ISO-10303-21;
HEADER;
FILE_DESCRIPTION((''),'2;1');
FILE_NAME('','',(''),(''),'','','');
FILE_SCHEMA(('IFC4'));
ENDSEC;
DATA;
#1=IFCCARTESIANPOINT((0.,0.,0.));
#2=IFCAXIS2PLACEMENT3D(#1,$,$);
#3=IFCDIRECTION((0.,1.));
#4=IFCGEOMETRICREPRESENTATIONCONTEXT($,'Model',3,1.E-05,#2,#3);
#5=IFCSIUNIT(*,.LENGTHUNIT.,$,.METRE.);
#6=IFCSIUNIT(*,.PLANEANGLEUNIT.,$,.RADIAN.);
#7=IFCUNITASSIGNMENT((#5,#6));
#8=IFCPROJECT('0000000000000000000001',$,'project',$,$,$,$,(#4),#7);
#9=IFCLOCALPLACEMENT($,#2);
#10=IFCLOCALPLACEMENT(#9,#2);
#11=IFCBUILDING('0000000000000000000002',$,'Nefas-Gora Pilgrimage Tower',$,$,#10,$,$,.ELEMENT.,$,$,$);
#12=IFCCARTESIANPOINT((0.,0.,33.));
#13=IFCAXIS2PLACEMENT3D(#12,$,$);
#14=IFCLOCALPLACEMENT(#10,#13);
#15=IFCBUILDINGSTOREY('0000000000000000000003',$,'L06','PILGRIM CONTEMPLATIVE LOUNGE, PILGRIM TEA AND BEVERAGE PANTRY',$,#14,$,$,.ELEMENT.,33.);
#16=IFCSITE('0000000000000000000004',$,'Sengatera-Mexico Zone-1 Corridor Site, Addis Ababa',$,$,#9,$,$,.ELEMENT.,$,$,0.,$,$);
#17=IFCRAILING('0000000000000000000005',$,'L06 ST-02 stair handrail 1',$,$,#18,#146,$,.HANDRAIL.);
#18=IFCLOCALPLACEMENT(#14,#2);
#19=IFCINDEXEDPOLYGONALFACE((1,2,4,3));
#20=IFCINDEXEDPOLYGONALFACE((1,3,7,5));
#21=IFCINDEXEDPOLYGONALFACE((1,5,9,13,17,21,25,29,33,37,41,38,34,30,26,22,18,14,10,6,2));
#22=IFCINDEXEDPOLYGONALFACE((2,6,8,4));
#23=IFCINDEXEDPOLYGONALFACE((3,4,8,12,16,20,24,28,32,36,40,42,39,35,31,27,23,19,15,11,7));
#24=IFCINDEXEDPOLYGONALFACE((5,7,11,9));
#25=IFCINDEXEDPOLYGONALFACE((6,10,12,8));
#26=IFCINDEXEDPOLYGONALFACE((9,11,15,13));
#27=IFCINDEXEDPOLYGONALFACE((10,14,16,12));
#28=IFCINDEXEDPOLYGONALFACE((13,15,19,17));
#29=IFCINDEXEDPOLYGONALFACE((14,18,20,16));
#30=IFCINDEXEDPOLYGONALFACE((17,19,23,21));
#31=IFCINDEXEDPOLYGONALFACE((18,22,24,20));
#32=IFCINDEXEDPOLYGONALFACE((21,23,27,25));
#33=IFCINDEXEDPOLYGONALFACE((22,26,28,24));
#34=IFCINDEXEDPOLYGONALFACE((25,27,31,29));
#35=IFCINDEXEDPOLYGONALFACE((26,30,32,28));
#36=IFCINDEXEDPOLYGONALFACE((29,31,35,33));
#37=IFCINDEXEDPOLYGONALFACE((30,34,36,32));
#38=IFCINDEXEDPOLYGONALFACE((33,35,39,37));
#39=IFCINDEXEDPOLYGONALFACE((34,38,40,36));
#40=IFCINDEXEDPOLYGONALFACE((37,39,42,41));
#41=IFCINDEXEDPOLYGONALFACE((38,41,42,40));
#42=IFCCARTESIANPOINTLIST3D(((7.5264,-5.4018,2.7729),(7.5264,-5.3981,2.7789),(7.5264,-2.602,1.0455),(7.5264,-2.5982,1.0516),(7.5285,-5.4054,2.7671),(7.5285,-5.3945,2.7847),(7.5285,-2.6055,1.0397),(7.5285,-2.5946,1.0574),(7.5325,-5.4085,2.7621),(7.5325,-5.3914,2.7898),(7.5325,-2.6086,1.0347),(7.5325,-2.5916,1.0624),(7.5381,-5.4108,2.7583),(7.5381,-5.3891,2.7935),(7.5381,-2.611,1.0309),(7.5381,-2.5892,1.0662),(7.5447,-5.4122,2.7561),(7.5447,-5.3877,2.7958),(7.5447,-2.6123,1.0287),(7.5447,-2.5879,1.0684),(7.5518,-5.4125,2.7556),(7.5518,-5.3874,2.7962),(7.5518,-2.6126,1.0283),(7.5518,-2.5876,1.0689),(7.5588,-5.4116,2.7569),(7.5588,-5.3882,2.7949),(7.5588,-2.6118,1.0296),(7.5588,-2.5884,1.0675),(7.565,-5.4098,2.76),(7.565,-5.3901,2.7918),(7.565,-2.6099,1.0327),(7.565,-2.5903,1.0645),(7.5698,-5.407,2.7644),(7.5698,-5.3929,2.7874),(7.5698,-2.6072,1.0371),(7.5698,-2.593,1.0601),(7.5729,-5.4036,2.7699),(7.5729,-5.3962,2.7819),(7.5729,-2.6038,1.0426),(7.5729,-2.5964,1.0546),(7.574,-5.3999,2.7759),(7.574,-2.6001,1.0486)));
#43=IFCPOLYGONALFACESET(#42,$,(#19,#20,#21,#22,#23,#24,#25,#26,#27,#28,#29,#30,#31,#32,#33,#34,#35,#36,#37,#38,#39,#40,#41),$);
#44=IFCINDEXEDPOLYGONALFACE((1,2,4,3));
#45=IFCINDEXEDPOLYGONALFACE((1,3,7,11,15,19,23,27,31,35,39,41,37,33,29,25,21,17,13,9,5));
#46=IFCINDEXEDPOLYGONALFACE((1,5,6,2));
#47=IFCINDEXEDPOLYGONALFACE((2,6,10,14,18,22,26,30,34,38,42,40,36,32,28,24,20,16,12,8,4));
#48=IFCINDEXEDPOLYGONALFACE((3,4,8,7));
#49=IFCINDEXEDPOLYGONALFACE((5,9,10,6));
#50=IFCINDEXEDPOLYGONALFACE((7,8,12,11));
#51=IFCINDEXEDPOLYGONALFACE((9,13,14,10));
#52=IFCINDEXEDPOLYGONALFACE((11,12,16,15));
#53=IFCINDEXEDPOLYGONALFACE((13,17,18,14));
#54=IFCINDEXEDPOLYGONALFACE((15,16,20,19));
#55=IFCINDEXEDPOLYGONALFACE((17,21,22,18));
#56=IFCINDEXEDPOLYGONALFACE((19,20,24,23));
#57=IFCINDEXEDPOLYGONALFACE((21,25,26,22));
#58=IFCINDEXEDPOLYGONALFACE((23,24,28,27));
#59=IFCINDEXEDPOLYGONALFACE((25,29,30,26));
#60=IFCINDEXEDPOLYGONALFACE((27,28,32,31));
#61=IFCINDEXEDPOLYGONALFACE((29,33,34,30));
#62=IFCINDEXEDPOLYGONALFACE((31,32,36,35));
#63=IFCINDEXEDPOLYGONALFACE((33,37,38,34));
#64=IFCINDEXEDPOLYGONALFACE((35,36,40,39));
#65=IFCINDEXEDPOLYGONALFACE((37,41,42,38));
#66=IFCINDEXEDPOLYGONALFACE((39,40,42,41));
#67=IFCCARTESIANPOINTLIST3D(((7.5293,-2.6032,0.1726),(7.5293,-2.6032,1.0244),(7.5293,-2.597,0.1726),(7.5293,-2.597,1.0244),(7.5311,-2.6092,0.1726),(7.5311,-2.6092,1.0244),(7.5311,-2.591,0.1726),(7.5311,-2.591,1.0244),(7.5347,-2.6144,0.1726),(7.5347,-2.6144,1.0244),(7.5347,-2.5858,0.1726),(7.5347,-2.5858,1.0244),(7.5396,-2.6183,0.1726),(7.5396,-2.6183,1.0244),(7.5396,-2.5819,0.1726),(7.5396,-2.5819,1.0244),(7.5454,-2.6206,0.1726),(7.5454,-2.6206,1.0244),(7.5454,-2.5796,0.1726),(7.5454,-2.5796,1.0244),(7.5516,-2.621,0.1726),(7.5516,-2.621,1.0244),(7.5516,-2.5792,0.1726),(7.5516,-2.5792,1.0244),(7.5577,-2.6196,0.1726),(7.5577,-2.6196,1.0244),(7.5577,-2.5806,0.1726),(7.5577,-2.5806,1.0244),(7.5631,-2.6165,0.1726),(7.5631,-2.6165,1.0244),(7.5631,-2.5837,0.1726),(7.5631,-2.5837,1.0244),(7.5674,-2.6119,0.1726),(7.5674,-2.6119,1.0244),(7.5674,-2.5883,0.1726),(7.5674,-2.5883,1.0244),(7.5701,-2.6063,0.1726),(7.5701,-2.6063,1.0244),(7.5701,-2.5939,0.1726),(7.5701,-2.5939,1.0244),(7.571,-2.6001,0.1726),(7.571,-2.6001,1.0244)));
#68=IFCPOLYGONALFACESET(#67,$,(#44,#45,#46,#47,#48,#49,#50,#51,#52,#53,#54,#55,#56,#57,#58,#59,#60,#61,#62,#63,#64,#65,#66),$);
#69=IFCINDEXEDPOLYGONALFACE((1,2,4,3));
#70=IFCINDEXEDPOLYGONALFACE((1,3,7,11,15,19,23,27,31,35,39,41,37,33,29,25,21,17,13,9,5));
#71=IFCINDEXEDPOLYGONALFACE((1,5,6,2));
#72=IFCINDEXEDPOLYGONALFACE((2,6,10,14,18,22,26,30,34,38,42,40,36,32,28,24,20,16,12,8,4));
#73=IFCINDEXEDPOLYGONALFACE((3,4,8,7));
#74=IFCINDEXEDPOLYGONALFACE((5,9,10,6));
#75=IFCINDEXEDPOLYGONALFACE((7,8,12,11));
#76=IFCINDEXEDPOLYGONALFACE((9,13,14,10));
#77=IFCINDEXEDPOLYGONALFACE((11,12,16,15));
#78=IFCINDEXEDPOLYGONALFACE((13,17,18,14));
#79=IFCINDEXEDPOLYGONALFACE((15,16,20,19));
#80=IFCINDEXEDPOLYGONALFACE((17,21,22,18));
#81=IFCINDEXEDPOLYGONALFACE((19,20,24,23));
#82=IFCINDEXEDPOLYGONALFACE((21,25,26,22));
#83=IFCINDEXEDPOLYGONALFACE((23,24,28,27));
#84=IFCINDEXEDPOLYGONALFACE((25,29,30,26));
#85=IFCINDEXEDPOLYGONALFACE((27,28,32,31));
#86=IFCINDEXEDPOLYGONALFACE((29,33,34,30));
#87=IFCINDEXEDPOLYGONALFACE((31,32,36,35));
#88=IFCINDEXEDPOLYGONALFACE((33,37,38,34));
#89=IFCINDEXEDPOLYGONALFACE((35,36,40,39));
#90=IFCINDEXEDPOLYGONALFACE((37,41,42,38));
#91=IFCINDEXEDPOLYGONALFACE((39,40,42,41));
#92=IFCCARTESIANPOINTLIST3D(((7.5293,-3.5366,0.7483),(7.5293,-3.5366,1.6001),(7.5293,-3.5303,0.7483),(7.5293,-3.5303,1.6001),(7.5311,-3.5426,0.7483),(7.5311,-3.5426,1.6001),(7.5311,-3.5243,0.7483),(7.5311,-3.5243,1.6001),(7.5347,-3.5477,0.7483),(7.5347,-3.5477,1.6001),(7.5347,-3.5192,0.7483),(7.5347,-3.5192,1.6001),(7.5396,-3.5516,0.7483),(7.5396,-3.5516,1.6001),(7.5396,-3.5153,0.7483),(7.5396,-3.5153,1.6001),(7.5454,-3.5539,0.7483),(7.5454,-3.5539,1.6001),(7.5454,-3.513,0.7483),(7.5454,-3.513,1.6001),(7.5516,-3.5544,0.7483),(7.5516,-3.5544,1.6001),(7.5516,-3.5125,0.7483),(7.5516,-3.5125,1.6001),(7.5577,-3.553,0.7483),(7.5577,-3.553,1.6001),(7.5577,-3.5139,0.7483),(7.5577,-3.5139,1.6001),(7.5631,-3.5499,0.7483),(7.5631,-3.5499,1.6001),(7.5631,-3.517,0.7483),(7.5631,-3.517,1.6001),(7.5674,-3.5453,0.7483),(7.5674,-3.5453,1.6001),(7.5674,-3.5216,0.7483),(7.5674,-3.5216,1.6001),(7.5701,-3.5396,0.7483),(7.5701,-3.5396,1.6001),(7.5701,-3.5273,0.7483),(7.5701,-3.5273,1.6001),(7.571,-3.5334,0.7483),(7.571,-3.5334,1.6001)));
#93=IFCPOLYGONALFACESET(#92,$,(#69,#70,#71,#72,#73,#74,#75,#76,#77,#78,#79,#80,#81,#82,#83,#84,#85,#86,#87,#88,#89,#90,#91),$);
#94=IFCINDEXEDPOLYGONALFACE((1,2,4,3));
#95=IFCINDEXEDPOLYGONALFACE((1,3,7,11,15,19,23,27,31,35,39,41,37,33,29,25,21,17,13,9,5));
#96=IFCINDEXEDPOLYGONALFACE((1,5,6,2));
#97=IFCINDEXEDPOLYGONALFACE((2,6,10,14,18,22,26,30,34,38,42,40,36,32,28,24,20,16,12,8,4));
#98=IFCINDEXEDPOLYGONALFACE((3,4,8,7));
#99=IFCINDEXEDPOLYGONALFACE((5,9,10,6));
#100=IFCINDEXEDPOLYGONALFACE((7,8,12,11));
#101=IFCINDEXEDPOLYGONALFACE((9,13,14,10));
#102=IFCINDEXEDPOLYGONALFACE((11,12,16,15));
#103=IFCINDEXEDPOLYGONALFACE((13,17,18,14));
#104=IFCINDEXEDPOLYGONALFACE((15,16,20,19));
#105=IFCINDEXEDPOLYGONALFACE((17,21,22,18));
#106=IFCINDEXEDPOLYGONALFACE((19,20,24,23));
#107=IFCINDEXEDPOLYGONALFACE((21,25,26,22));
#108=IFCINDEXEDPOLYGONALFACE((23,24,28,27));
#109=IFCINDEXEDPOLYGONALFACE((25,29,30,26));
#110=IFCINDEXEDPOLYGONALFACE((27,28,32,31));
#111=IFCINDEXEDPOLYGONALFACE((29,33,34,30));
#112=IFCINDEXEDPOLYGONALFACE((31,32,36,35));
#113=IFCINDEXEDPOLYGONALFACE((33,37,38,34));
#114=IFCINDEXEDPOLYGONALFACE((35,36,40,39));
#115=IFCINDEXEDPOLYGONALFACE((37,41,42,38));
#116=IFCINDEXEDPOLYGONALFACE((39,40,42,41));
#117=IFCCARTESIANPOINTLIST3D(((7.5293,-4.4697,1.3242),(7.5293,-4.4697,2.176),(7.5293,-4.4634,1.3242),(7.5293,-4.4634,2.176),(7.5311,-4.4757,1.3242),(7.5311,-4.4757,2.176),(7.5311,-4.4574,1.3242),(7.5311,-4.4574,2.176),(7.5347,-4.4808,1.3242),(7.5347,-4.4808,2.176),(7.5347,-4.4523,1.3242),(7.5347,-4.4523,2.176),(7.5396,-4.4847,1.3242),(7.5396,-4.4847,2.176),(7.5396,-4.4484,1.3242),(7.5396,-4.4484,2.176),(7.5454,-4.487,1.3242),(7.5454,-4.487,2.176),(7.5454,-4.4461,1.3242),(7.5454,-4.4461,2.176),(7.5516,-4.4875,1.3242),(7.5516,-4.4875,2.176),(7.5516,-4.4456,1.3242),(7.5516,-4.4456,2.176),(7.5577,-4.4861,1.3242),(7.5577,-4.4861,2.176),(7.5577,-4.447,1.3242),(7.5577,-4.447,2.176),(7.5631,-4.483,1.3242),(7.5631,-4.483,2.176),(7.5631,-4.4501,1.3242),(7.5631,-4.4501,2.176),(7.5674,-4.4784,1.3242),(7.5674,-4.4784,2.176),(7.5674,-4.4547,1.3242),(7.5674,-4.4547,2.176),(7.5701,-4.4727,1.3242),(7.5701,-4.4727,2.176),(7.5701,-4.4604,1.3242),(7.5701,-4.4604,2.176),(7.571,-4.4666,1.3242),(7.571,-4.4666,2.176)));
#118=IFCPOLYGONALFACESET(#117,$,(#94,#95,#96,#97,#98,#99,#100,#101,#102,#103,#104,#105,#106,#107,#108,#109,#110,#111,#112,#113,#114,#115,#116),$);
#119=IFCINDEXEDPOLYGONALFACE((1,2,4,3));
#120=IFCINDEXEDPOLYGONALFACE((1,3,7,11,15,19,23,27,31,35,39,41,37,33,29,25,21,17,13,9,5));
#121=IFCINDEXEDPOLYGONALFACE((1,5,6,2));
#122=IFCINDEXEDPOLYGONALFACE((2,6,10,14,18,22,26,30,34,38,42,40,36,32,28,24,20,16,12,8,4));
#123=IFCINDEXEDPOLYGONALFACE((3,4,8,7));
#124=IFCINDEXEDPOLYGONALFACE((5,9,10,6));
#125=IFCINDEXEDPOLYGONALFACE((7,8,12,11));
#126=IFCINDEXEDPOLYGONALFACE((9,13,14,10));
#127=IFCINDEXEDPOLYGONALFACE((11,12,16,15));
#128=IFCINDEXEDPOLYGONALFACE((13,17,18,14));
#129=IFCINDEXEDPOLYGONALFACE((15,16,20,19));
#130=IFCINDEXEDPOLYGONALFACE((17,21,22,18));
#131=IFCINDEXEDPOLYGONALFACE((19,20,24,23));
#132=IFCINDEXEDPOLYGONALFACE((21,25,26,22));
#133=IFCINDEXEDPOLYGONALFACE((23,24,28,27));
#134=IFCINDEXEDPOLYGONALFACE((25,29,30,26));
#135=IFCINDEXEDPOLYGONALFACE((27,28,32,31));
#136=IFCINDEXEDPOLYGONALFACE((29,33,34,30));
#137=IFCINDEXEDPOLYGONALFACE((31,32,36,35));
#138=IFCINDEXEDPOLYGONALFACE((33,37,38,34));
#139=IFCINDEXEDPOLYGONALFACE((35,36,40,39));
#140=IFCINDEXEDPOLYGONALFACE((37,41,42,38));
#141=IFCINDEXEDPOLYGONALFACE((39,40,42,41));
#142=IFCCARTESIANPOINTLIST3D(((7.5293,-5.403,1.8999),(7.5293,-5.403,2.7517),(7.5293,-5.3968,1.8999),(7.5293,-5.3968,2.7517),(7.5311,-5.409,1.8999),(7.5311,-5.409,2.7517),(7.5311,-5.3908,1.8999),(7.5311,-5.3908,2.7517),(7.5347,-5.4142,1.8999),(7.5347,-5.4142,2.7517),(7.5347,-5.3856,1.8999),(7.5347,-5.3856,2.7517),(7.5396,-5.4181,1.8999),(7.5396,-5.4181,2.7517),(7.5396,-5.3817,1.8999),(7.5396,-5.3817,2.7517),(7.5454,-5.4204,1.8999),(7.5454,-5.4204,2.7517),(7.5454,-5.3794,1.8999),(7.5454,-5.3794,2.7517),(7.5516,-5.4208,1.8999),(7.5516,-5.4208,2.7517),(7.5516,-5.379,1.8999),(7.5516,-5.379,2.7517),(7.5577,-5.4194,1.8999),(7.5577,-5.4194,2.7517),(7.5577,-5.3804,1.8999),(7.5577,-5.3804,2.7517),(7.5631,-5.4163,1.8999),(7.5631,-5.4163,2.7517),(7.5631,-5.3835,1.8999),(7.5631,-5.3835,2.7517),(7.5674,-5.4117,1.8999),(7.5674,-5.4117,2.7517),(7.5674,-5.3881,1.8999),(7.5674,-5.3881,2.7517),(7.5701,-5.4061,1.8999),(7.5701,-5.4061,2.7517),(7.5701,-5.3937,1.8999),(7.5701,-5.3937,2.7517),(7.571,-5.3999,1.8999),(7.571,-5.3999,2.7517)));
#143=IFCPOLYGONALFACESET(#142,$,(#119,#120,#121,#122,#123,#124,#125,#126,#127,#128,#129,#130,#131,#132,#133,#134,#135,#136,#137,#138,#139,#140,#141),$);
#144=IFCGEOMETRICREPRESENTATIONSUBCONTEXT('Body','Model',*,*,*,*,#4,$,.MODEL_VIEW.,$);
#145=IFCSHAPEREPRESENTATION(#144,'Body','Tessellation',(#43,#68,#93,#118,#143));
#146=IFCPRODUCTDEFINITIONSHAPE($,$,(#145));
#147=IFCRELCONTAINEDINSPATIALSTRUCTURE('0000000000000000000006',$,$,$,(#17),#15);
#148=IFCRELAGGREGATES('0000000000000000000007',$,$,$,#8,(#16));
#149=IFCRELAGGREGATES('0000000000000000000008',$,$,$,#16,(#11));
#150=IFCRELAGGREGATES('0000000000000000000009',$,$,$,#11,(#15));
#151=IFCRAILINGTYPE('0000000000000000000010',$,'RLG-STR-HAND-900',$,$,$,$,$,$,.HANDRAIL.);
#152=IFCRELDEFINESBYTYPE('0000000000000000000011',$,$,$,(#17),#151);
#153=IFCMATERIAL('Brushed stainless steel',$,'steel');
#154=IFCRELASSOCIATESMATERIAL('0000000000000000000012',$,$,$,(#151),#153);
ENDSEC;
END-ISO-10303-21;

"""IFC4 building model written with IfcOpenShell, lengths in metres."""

from ifc_helpers import new_model, si_unit, direction, frame, origin, origin_2d, place, context, subcontext, project, spatial, circle, extrude, material, type_object, element, save


model = new_model("IFC4")

# Units and contexts
model_context = context("Model", 3, precision=1e-05, world=origin(), true_north=direction((0.0, 1.0)))
body_context = subcontext(model_context, "Body", "Model", "MODEL_VIEW")
ifc_project = project(units=[si_unit("LENGTHUNIT", "METRE"), si_unit("PLANEANGLEUNIT", "RADIAN")], contexts=[model_context])

# Site, building, storey
site_placement = place(None, origin())
site = spatial("IfcSite", under=ifc_project, at=site_placement, Name="Sengatera-Mexico Zone-1 Corridor Site, Addis Ababa", CompositionType="ELEMENT", RefElevation=0.0)
building_placement = place(site_placement, origin())
building = spatial("IfcBuilding", under=site, at=building_placement, Name="Nefas-Gora Pilgrimage Tower", CompositionType="ELEMENT")
storey_placement = place(building_placement, frame((0.0, 0.0, 33.0)))
storey = spatial("IfcBuildingStorey", under=building, at=storey_placement, Name="L06", Description="PILGRIM CONTEMPLATIVE LOUNGE, PILGRIM TEA AND BEVERAGE PANTRY", CompositionType="ELEMENT", Elevation=33.0)

# Railing
ifc_material_1 = material(Name="Brushed stainless steel", Category="steel")
railing_type_1 = type_object("IfcRailingType", Name="RLG-STR-HAND-900", PredefinedType="HANDRAIL", material=ifc_material_1)
railing_1_placement = place(storey_placement, frame((7.55, -2.6001, 0.1726)))
element("IfcRailing", 1, at=railing_1_placement, inside=storey, type_object=railing_type_1, Name="L06 ST-02 stair handrail 1", PredefinedType="HANDRAIL", context=body_context, shape_type="SweptSolid", body=[
    extrude(circle(Radius=0.0239, at=origin_2d()), frame((0.0, 0.0, 0.876), z_axis=(0.0, -0.851069, 0.525054), x_axis=(1.0, 0.0, 0.0)), (0.0, 0.0, 1.0), 3.2898),
    extrude(circle(Radius=0.021, at=origin_2d()), origin(), (0.0, 0.0, 1.0), 0.8518),
    extrude(circle(Radius=0.021, at=origin_2d()), frame((0.0, -0.9333, 0.5757)), (0.0, 0.0, 1.0), 0.8518),
    extrude(circle(Radius=0.021, at=origin_2d()), frame((0.0, -1.8665, 1.1516)), (0.0, 0.0, 1.0), 0.8518),
    extrude(circle(Radius=0.021, at=origin_2d()), frame((0.0, -2.7998, 1.7273)), (0.0, 0.0, 1.0), 0.8518),
])

save(model, "model.ifc")
